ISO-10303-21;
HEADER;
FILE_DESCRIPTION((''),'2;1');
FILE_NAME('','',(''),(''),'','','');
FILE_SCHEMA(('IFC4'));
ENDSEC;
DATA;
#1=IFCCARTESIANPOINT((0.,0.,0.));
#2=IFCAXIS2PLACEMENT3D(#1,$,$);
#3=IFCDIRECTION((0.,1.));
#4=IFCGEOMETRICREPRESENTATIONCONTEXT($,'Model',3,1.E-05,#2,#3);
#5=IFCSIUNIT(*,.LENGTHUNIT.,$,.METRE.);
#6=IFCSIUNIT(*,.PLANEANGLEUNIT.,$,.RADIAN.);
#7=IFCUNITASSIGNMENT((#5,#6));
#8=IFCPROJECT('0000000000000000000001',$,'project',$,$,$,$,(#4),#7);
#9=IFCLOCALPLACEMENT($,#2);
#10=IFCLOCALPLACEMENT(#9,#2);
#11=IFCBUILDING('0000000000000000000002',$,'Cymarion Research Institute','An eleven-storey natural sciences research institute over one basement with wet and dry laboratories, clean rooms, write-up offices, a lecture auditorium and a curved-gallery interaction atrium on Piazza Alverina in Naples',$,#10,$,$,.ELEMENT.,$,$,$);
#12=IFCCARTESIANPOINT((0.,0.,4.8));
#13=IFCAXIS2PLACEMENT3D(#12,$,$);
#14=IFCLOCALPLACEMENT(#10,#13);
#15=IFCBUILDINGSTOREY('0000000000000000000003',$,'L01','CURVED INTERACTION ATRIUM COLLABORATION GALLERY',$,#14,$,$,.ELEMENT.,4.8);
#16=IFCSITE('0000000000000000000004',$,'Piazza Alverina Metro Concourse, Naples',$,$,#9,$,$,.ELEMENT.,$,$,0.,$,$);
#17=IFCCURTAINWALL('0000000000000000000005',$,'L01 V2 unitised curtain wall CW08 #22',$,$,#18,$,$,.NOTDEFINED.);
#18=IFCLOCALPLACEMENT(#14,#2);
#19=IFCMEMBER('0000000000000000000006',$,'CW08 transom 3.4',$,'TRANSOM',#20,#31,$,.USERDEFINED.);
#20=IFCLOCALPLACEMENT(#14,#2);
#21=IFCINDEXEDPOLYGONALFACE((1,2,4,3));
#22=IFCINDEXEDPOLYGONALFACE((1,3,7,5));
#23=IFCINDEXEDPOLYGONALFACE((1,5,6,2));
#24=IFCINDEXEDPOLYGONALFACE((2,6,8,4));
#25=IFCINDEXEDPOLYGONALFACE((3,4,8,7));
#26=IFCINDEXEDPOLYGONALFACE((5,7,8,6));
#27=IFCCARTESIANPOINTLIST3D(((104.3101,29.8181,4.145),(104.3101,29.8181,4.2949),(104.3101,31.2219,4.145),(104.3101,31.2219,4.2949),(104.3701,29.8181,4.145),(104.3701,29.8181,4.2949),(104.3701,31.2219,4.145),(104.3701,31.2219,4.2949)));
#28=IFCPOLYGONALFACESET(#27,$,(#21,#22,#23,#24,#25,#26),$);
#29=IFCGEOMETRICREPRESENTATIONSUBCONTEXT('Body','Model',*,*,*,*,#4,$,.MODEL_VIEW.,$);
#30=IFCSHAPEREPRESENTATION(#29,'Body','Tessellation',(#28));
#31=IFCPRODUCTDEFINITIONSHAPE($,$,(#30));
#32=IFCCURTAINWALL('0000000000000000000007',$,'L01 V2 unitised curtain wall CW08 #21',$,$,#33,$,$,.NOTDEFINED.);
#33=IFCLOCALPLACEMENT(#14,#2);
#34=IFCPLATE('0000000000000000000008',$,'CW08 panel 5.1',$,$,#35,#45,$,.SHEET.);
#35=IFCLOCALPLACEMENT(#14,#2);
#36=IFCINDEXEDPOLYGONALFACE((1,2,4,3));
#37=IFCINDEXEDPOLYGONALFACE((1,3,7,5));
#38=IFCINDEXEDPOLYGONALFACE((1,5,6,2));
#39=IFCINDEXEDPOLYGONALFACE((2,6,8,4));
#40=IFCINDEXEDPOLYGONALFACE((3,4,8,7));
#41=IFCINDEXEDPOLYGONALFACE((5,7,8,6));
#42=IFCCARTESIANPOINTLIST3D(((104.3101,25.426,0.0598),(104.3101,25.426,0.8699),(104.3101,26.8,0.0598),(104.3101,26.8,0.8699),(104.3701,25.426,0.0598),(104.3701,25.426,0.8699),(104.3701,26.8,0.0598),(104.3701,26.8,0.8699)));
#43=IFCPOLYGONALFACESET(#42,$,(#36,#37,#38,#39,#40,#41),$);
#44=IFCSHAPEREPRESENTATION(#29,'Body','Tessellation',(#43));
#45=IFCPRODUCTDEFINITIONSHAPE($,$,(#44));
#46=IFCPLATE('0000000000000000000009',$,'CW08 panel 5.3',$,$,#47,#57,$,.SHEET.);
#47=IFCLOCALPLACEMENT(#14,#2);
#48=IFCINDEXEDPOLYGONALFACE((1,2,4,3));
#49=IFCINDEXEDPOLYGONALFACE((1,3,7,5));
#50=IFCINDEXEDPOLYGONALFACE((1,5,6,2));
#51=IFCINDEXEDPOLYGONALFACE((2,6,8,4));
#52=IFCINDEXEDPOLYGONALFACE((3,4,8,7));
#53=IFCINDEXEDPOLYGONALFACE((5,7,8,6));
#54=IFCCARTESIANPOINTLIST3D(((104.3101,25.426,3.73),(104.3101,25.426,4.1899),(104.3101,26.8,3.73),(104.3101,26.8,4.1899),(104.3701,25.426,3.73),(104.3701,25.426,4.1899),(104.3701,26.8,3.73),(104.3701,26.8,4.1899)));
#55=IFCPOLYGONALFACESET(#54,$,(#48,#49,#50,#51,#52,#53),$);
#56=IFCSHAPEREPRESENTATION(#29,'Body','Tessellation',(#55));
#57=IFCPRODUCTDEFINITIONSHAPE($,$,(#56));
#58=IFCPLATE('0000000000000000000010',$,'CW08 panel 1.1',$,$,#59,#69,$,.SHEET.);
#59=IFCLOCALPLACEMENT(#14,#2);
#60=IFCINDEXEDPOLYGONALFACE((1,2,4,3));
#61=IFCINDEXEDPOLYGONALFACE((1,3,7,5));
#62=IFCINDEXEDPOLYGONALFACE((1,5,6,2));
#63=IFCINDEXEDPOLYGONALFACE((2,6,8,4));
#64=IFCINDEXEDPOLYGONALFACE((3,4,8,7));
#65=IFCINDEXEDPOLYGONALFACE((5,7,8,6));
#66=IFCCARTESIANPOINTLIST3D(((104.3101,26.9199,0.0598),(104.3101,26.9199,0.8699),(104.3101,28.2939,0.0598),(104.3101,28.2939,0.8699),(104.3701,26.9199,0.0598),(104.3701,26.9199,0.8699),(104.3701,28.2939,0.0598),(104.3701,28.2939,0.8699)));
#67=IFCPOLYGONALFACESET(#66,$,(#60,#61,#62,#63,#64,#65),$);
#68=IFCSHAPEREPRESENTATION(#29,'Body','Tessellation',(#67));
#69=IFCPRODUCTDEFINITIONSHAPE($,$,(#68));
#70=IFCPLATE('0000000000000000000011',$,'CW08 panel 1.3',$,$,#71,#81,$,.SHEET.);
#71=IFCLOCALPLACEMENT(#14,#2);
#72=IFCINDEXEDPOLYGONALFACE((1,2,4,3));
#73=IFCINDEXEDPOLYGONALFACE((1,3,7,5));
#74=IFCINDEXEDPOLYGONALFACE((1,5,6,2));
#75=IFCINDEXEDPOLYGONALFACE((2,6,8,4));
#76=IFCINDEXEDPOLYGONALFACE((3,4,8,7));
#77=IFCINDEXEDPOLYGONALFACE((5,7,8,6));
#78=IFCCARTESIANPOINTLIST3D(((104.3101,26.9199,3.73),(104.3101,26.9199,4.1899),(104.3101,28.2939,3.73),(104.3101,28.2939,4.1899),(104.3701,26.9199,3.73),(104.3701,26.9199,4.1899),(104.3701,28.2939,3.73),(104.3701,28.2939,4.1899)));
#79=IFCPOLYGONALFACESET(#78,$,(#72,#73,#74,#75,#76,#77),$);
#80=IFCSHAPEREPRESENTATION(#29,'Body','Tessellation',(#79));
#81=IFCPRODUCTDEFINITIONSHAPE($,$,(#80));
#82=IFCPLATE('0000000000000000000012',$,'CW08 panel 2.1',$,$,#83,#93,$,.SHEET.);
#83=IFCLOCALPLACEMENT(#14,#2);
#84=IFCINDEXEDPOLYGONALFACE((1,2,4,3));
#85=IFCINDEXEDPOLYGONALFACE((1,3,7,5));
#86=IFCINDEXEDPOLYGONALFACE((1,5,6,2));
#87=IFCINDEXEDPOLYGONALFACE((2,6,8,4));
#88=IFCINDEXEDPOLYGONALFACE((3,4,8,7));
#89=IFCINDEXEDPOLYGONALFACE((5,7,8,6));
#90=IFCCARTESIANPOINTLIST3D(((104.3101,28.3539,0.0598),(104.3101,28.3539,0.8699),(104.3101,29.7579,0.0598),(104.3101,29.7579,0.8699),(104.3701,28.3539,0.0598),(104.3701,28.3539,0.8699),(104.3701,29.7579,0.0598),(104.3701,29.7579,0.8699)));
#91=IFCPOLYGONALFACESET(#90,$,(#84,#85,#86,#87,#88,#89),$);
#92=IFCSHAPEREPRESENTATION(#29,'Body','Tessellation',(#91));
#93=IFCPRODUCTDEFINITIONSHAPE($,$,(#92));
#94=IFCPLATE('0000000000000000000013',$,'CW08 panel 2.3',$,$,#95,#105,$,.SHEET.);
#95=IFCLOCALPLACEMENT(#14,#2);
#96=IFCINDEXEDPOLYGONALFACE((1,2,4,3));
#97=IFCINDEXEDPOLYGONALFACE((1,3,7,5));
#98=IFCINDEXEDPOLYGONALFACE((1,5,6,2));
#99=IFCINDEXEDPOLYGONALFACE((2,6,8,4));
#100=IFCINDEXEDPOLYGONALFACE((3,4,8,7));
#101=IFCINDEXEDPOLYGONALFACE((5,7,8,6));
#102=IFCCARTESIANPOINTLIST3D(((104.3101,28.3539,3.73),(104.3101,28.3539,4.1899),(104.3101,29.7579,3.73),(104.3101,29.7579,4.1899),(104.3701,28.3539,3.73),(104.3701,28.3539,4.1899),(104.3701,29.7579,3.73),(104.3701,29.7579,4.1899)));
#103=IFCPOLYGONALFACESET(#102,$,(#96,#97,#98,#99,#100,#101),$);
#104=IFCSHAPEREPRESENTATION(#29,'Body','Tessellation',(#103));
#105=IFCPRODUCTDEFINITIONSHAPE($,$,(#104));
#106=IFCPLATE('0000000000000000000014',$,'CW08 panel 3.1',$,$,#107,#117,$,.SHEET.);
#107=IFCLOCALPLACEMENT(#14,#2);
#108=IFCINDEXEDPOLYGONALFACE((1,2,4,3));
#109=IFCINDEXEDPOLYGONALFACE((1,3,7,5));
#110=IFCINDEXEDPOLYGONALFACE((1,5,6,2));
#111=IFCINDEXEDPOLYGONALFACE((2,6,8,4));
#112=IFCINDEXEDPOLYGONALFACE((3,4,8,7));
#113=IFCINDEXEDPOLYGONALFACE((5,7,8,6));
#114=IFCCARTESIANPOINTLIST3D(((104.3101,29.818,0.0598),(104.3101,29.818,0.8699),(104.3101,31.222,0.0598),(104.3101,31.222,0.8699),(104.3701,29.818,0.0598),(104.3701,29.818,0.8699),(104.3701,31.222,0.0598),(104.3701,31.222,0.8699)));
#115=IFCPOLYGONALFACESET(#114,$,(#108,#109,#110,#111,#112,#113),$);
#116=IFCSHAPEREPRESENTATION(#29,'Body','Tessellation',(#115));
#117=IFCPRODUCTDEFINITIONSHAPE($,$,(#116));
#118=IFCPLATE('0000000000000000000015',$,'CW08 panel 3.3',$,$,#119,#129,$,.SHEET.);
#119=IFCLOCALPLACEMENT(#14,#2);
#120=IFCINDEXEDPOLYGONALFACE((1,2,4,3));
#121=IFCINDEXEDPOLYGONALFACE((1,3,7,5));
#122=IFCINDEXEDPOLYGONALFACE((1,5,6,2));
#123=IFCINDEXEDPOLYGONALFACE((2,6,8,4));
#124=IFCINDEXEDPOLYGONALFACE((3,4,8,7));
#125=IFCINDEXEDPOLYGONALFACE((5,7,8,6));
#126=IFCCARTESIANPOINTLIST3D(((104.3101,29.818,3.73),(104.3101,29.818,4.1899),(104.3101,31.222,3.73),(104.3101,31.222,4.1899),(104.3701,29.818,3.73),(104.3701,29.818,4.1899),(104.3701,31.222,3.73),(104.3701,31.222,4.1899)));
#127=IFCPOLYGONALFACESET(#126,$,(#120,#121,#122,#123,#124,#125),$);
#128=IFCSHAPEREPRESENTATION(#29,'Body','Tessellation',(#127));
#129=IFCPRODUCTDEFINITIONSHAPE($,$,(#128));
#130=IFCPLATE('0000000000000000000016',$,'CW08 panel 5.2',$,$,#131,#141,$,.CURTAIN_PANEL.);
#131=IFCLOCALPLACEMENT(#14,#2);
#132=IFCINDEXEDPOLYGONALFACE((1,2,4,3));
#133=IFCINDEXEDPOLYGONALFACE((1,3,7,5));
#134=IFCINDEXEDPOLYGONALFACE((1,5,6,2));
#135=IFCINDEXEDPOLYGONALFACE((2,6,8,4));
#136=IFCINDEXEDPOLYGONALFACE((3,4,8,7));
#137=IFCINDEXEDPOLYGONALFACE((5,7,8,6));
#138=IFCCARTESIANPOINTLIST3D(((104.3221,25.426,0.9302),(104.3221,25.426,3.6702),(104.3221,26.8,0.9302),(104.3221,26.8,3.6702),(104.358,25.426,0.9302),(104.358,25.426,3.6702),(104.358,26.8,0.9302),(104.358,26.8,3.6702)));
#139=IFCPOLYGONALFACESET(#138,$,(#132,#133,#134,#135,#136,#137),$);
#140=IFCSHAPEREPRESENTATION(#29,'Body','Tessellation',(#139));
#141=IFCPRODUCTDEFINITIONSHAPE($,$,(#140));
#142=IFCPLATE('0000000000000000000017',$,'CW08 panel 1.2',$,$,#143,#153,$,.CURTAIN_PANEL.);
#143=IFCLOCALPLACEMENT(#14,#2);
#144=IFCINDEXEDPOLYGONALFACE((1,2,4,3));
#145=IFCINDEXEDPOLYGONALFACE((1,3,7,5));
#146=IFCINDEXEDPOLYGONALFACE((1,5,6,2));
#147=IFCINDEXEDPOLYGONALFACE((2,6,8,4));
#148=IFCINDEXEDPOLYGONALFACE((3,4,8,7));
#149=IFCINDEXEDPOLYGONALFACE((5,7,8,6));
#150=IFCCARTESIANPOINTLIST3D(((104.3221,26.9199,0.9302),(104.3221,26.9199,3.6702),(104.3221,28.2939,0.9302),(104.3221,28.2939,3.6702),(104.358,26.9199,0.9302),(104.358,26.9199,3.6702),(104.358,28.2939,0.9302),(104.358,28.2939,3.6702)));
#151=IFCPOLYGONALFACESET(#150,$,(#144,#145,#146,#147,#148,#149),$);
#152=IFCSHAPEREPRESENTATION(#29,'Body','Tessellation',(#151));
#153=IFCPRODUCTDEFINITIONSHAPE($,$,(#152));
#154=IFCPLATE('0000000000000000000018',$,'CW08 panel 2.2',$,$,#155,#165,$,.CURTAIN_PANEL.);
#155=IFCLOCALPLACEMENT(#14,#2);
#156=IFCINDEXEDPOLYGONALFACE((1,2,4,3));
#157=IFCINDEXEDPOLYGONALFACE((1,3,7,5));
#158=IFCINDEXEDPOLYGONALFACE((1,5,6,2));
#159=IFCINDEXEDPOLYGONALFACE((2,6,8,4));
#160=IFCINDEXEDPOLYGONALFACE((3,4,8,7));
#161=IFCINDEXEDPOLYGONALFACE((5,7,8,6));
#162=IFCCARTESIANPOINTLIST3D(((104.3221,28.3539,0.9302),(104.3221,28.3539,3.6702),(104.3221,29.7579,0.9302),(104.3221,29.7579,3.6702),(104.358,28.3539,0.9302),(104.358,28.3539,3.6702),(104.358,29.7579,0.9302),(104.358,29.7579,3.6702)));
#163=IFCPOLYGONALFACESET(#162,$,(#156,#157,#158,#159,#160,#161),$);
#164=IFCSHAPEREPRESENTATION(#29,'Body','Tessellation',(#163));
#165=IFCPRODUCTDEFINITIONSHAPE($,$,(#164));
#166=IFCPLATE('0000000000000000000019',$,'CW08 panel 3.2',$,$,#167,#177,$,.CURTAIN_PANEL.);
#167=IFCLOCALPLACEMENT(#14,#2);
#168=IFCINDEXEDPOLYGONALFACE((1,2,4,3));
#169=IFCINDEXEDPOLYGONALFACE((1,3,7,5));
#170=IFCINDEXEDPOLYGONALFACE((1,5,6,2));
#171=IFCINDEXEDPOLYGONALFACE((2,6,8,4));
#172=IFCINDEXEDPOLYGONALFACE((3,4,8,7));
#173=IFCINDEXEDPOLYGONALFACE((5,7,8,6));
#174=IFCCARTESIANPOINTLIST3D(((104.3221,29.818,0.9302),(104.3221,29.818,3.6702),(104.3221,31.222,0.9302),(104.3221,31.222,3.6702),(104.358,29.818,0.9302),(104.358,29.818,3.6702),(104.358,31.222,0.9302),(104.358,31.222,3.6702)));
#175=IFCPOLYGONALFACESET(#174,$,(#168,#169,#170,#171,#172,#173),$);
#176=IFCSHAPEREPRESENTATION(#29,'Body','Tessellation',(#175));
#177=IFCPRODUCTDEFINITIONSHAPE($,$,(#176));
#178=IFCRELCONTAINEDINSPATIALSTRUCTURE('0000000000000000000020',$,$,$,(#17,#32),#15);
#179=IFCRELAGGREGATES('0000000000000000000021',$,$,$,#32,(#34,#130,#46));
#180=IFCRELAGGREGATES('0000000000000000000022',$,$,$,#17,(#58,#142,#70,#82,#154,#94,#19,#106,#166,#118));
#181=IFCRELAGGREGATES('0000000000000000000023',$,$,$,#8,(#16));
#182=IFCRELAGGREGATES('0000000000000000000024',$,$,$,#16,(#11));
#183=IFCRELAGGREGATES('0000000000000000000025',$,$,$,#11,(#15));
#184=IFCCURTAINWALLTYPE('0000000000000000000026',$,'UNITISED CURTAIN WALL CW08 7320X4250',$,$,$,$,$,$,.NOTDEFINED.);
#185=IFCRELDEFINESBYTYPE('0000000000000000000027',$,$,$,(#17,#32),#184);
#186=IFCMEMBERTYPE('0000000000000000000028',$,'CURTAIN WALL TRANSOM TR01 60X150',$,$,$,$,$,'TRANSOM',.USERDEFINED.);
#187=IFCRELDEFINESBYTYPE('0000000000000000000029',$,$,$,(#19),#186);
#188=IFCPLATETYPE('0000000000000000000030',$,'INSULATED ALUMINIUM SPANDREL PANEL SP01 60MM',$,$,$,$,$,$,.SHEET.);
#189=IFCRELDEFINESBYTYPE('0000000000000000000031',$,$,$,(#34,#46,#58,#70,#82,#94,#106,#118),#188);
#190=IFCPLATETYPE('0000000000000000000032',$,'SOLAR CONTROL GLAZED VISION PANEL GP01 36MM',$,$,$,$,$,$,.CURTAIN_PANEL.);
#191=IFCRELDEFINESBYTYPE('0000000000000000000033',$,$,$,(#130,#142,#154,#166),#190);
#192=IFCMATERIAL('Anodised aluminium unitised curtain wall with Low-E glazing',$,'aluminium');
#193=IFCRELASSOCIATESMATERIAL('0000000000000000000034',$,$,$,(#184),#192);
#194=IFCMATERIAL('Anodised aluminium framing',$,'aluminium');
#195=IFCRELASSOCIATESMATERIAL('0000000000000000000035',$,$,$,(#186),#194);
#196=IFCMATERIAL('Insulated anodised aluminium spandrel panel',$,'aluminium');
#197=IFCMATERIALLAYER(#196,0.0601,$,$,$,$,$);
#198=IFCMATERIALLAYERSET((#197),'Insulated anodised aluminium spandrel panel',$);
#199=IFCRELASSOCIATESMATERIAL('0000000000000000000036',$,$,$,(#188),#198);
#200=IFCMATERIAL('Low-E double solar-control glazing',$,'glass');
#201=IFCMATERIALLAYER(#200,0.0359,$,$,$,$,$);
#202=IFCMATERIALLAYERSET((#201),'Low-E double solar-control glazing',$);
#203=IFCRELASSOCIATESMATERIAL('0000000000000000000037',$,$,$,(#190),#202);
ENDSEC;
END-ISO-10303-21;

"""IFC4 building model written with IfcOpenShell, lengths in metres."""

from ifc_helpers import new_model, si_unit, direction, frame, origin, origin_2d, place, context, subcontext, project, spatial, rectangle, extrude, material, layer, layer_set, material_profile, profile_set, type_object, element, aggregate, save


model = new_model("IFC4")

# Units and contexts
model_context = context("Model", 3, precision=1e-05, world=origin(), true_north=direction((0.0, 1.0)))
body_context = subcontext(model_context, "Body", "Model", "MODEL_VIEW")
ifc_project = project(units=[si_unit("LENGTHUNIT", "METRE"), si_unit("PLANEANGLEUNIT", "RADIAN")], contexts=[model_context])

# Site, building, storey
site_placement = place(None, origin())
site = spatial("IfcSite", under=ifc_project, at=site_placement, Name="Piazza Alverina Metro Concourse, Naples", CompositionType="ELEMENT", RefElevation=0.0)
building_placement = place(site_placement, origin())
building = spatial("IfcBuilding", under=site, at=building_placement, Name="Cymarion Research Institute", Description="An eleven-storey natural sciences research institute over one basement with wet and dry laboratories, clean rooms, write-up offices, a lecture auditorium and a curved-gallery interaction atrium on Piazza Alverina in Naples", CompositionType="ELEMENT")
storey_placement = place(building_placement, frame((0.0, 0.0, 4.8)))
storey = spatial("IfcBuildingStorey", under=building, at=storey_placement, Name="L01", Description="CURVED INTERACTION ATRIUM COLLABORATION GALLERY", CompositionType="ELEMENT", Elevation=4.8)

# Curtain wall, member
ifc_material_1 = material(Name="Anodised aluminium unitised curtain wall with Low-E glazing", Category="aluminium")
curtain_wall_type = type_object("IfcCurtainWallType", Name="UNITISED CURTAIN WALL CW08 7320X4250", PredefinedType="NOTDEFINED", material=ifc_material_1)
curtain_wall_1_placement = place(storey_placement, origin())
curtain_wall_1 = element("IfcCurtainWall", 1, at=curtain_wall_1_placement, inside=storey, type_object=curtain_wall_type, Name="L01 V2 unitised curtain wall CW08 #22", PredefinedType="NOTDEFINED")
ifc_material_2 = material(Name="Anodised aluminium framing", Category="aluminium")
ifc_material_profile_1 = material_profile(ifc_material_2, rectangle(XDim=0.0601, YDim=0.1499, at=origin_2d()), Name="ALU TRANSOM 60x150")
ifc_profile_set_1 = profile_set([ifc_material_profile_1], Name="Anodised aluminium framing")
member_type_1 = type_object("IfcMemberType", Name="CURTAIN WALL TRANSOM TR01 60X150", ElementType="TRANSOM", PredefinedType="USERDEFINED", material=ifc_profile_set_1)
member_1_placement = place(storey_placement, frame((104.3401, 29.8181, 4.22), z_axis=(0.0, 1.0, 0.0), x_axis=(-1.0, 0.0, 0.0)))
member_1 = element("IfcMember", 2, at=member_1_placement, type_object=member_type_1, Name="CW08 transom 3.4", ObjectType="TRANSOM", PredefinedType="USERDEFINED", context=body_context, shape_type="SweptSolid", body=[
    extrude(rectangle(XDim=0.0601, YDim=0.1499, at=origin_2d()), origin(), (0.0, 0.0, 1.0), 1.4038),
])

# Curtain wall, plates
curtain_wall_2_placement = place(storey_placement, origin())
curtain_wall_2 = element("IfcCurtainWall", 3, at=curtain_wall_2_placement, inside=storey, type_object=curtain_wall_type, Name="L01 V2 unitised curtain wall CW08 #21", PredefinedType="NOTDEFINED")
ifc_material_3 = material(Name="Insulated anodised aluminium spandrel panel", Category="aluminium")
ifc_layer_1 = layer(ifc_material_3, 0.0601)
ifc_layer_set_1 = layer_set([ifc_layer_1], Name="Insulated anodised aluminium spandrel panel")
plate_type_1 = type_object("IfcPlateType", Name="INSULATED ALUMINIUM SPANDREL PANEL SP01 60MM", PredefinedType="SHEET", material=ifc_layer_set_1)
plate_1_placement = place(storey_placement, frame((104.3401, 26.113, 0.0598), z_axis=(0.0, 0.0, 1.0), x_axis=(0.0, 1.0, 0.0)))
plate_1 = element("IfcPlate", 4, at=plate_1_placement, type_object=plate_type_1, Name="CW08 panel 5.1", PredefinedType="SHEET", context=body_context, shape_type="SweptSolid", body=[
    extrude(rectangle(XDim=1.374, YDim=0.0601, at=origin_2d()), origin(), (0.0, 0.0, 1.0), 0.8101),
])
plate_2_placement = place(storey_placement, frame((104.3401, 26.113, 3.73), z_axis=(0.0, 0.0, 1.0), x_axis=(0.0, 1.0, 0.0)))
plate_2 = element("IfcPlate", 5, at=plate_2_placement, type_object=plate_type_1, Name="CW08 panel 5.3", PredefinedType="SHEET", context=body_context, shape_type="SweptSolid", body=[
    extrude(rectangle(XDim=1.374, YDim=0.0601, at=origin_2d()), origin(), (0.0, 0.0, 1.0), 0.46),
])

# Plates
plate_3_placement = place(storey_placement, frame((104.3401, 27.6069, 0.0598), z_axis=(0.0, 0.0, 1.0), x_axis=(0.0, 1.0, 0.0)))
plate_3 = element("IfcPlate", 6, at=plate_3_placement, type_object=plate_type_1, Name="CW08 panel 1.1", PredefinedType="SHEET", context=body_context, shape_type="SweptSolid", body=[
    extrude(rectangle(XDim=1.374, YDim=0.0601, at=origin_2d()), origin(), (0.0, 0.0, 1.0), 0.8101),
])
plate_4_placement = place(storey_placement, frame((104.3401, 27.6069, 3.73), z_axis=(0.0, 0.0, 1.0), x_axis=(0.0, 1.0, 0.0)))
plate_4 = element("IfcPlate", 7, at=plate_4_placement, type_object=plate_type_1, Name="CW08 panel 1.3", PredefinedType="SHEET", context=body_context, shape_type="SweptSolid", body=[
    extrude(rectangle(XDim=1.374, YDim=0.0601, at=origin_2d()), origin(), (0.0, 0.0, 1.0), 0.46),
])
plate_5_placement = place(storey_placement, frame((104.3401, 29.0559, 0.0598), z_axis=(0.0, 0.0, 1.0), x_axis=(0.0, 1.0, 0.0)))
plate_5 = element("IfcPlate", 8, at=plate_5_placement, type_object=plate_type_1, Name="CW08 panel 2.1", PredefinedType="SHEET", context=body_context, shape_type="SweptSolid", body=[
    extrude(rectangle(XDim=1.4041, YDim=0.0601, at=origin_2d()), origin(), (0.0, 0.0, 1.0), 0.8101),
])
plate_6_placement = place(storey_placement, frame((104.3401, 29.0559, 3.73), z_axis=(0.0, 0.0, 1.0), x_axis=(0.0, 1.0, 0.0)))
plate_6 = element("IfcPlate", 9, at=plate_6_placement, type_object=plate_type_1, Name="CW08 panel 2.3", PredefinedType="SHEET", context=body_context, shape_type="SweptSolid", body=[
    extrude(rectangle(XDim=1.4041, YDim=0.0601, at=origin_2d()), origin(), (0.0, 0.0, 1.0), 0.46),
])
plate_7_placement = place(storey_placement, frame((104.3401, 30.52, 0.0598), z_axis=(0.0, 0.0, 1.0), x_axis=(0.0, 1.0, 0.0)))
plate_7 = element("IfcPlate", 10, at=plate_7_placement, type_object=plate_type_1, Name="CW08 panel 3.1", PredefinedType="SHEET", context=body_context, shape_type="SweptSolid", body=[
    extrude(rectangle(XDim=1.4041, YDim=0.0601, at=origin_2d()), origin(), (0.0, 0.0, 1.0), 0.8101),
])
plate_8_placement = place(storey_placement, frame((104.3401, 30.52, 3.73), z_axis=(0.0, 0.0, 1.0), x_axis=(0.0, 1.0, 0.0)))
plate_8 = element("IfcPlate", 11, at=plate_8_placement, type_object=plate_type_1, Name="CW08 panel 3.3", PredefinedType="SHEET", context=body_context, shape_type="SweptSolid", body=[
    extrude(rectangle(XDim=1.4041, YDim=0.0601, at=origin_2d()), origin(), (0.0, 0.0, 1.0), 0.46),
])
ifc_material_4 = material(Name="Low-E double solar-control glazing", Category="glass")
ifc_layer_2 = layer(ifc_material_4, 0.0359)
ifc_layer_set_2 = layer_set([ifc_layer_2], Name="Low-E double solar-control glazing")
plate_type_2 = type_object("IfcPlateType", Name="SOLAR CONTROL GLAZED VISION PANEL GP01 36MM", PredefinedType="CURTAIN_PANEL", material=ifc_layer_set_2)
plate_9_placement = place(storey_placement, frame((104.3401, 26.113, 0.9302), z_axis=(0.0, 0.0, 1.0), x_axis=(0.0, 1.0, 0.0)))
plate_9 = element("IfcPlate", 12, at=plate_9_placement, type_object=plate_type_2, Name="CW08 panel 5.2", PredefinedType="CURTAIN_PANEL", context=body_context, shape_type="SweptSolid", body=[
    extrude(rectangle(XDim=1.374, YDim=0.0359, at=origin_2d()), origin(), (0.0, 0.0, 1.0), 2.74),
])
aggregate(curtain_wall_2, [plate_1, plate_9, plate_2])
plate_10_placement = place(storey_placement, frame((104.3401, 27.6069, 0.9302), z_axis=(0.0, 0.0, 1.0), x_axis=(0.0, 1.0, 0.0)))
plate_10 = element("IfcPlate", 13, at=plate_10_placement, type_object=plate_type_2, Name="CW08 panel 1.2", PredefinedType="CURTAIN_PANEL", context=body_context, shape_type="SweptSolid", body=[
    extrude(rectangle(XDim=1.374, YDim=0.0359, at=origin_2d()), origin(), (0.0, 0.0, 1.0), 2.74),
])
plate_11_placement = place(storey_placement, frame((104.3401, 29.0559, 0.9302), z_axis=(0.0, 0.0, 1.0), x_axis=(0.0, 1.0, 0.0)))
plate_11 = element("IfcPlate", 14, at=plate_11_placement, type_object=plate_type_2, Name="CW08 panel 2.2", PredefinedType="CURTAIN_PANEL", context=body_context, shape_type="SweptSolid", body=[
    extrude(rectangle(XDim=1.4041, YDim=0.0359, at=origin_2d()), origin(), (0.0, 0.0, 1.0), 2.74),
])
plate_12_placement = place(storey_placement, frame((104.3401, 30.52, 0.9302), z_axis=(0.0, 0.0, 1.0), x_axis=(0.0, 1.0, 0.0)))
plate_12 = element("IfcPlate", 15, at=plate_12_placement, type_object=plate_type_2, Name="CW08 panel 3.2", PredefinedType="CURTAIN_PANEL", context=body_context, shape_type="SweptSolid", body=[
    extrude(rectangle(XDim=1.4041, YDim=0.0359, at=origin_2d()), origin(), (0.0, 0.0, 1.0), 2.74),
])
aggregate(curtain_wall_1, [plate_3, plate_10, plate_4, plate_5, plate_11, plate_6, member_1, plate_7, plate_12, plate_8])

save(model, "model.ifc")
